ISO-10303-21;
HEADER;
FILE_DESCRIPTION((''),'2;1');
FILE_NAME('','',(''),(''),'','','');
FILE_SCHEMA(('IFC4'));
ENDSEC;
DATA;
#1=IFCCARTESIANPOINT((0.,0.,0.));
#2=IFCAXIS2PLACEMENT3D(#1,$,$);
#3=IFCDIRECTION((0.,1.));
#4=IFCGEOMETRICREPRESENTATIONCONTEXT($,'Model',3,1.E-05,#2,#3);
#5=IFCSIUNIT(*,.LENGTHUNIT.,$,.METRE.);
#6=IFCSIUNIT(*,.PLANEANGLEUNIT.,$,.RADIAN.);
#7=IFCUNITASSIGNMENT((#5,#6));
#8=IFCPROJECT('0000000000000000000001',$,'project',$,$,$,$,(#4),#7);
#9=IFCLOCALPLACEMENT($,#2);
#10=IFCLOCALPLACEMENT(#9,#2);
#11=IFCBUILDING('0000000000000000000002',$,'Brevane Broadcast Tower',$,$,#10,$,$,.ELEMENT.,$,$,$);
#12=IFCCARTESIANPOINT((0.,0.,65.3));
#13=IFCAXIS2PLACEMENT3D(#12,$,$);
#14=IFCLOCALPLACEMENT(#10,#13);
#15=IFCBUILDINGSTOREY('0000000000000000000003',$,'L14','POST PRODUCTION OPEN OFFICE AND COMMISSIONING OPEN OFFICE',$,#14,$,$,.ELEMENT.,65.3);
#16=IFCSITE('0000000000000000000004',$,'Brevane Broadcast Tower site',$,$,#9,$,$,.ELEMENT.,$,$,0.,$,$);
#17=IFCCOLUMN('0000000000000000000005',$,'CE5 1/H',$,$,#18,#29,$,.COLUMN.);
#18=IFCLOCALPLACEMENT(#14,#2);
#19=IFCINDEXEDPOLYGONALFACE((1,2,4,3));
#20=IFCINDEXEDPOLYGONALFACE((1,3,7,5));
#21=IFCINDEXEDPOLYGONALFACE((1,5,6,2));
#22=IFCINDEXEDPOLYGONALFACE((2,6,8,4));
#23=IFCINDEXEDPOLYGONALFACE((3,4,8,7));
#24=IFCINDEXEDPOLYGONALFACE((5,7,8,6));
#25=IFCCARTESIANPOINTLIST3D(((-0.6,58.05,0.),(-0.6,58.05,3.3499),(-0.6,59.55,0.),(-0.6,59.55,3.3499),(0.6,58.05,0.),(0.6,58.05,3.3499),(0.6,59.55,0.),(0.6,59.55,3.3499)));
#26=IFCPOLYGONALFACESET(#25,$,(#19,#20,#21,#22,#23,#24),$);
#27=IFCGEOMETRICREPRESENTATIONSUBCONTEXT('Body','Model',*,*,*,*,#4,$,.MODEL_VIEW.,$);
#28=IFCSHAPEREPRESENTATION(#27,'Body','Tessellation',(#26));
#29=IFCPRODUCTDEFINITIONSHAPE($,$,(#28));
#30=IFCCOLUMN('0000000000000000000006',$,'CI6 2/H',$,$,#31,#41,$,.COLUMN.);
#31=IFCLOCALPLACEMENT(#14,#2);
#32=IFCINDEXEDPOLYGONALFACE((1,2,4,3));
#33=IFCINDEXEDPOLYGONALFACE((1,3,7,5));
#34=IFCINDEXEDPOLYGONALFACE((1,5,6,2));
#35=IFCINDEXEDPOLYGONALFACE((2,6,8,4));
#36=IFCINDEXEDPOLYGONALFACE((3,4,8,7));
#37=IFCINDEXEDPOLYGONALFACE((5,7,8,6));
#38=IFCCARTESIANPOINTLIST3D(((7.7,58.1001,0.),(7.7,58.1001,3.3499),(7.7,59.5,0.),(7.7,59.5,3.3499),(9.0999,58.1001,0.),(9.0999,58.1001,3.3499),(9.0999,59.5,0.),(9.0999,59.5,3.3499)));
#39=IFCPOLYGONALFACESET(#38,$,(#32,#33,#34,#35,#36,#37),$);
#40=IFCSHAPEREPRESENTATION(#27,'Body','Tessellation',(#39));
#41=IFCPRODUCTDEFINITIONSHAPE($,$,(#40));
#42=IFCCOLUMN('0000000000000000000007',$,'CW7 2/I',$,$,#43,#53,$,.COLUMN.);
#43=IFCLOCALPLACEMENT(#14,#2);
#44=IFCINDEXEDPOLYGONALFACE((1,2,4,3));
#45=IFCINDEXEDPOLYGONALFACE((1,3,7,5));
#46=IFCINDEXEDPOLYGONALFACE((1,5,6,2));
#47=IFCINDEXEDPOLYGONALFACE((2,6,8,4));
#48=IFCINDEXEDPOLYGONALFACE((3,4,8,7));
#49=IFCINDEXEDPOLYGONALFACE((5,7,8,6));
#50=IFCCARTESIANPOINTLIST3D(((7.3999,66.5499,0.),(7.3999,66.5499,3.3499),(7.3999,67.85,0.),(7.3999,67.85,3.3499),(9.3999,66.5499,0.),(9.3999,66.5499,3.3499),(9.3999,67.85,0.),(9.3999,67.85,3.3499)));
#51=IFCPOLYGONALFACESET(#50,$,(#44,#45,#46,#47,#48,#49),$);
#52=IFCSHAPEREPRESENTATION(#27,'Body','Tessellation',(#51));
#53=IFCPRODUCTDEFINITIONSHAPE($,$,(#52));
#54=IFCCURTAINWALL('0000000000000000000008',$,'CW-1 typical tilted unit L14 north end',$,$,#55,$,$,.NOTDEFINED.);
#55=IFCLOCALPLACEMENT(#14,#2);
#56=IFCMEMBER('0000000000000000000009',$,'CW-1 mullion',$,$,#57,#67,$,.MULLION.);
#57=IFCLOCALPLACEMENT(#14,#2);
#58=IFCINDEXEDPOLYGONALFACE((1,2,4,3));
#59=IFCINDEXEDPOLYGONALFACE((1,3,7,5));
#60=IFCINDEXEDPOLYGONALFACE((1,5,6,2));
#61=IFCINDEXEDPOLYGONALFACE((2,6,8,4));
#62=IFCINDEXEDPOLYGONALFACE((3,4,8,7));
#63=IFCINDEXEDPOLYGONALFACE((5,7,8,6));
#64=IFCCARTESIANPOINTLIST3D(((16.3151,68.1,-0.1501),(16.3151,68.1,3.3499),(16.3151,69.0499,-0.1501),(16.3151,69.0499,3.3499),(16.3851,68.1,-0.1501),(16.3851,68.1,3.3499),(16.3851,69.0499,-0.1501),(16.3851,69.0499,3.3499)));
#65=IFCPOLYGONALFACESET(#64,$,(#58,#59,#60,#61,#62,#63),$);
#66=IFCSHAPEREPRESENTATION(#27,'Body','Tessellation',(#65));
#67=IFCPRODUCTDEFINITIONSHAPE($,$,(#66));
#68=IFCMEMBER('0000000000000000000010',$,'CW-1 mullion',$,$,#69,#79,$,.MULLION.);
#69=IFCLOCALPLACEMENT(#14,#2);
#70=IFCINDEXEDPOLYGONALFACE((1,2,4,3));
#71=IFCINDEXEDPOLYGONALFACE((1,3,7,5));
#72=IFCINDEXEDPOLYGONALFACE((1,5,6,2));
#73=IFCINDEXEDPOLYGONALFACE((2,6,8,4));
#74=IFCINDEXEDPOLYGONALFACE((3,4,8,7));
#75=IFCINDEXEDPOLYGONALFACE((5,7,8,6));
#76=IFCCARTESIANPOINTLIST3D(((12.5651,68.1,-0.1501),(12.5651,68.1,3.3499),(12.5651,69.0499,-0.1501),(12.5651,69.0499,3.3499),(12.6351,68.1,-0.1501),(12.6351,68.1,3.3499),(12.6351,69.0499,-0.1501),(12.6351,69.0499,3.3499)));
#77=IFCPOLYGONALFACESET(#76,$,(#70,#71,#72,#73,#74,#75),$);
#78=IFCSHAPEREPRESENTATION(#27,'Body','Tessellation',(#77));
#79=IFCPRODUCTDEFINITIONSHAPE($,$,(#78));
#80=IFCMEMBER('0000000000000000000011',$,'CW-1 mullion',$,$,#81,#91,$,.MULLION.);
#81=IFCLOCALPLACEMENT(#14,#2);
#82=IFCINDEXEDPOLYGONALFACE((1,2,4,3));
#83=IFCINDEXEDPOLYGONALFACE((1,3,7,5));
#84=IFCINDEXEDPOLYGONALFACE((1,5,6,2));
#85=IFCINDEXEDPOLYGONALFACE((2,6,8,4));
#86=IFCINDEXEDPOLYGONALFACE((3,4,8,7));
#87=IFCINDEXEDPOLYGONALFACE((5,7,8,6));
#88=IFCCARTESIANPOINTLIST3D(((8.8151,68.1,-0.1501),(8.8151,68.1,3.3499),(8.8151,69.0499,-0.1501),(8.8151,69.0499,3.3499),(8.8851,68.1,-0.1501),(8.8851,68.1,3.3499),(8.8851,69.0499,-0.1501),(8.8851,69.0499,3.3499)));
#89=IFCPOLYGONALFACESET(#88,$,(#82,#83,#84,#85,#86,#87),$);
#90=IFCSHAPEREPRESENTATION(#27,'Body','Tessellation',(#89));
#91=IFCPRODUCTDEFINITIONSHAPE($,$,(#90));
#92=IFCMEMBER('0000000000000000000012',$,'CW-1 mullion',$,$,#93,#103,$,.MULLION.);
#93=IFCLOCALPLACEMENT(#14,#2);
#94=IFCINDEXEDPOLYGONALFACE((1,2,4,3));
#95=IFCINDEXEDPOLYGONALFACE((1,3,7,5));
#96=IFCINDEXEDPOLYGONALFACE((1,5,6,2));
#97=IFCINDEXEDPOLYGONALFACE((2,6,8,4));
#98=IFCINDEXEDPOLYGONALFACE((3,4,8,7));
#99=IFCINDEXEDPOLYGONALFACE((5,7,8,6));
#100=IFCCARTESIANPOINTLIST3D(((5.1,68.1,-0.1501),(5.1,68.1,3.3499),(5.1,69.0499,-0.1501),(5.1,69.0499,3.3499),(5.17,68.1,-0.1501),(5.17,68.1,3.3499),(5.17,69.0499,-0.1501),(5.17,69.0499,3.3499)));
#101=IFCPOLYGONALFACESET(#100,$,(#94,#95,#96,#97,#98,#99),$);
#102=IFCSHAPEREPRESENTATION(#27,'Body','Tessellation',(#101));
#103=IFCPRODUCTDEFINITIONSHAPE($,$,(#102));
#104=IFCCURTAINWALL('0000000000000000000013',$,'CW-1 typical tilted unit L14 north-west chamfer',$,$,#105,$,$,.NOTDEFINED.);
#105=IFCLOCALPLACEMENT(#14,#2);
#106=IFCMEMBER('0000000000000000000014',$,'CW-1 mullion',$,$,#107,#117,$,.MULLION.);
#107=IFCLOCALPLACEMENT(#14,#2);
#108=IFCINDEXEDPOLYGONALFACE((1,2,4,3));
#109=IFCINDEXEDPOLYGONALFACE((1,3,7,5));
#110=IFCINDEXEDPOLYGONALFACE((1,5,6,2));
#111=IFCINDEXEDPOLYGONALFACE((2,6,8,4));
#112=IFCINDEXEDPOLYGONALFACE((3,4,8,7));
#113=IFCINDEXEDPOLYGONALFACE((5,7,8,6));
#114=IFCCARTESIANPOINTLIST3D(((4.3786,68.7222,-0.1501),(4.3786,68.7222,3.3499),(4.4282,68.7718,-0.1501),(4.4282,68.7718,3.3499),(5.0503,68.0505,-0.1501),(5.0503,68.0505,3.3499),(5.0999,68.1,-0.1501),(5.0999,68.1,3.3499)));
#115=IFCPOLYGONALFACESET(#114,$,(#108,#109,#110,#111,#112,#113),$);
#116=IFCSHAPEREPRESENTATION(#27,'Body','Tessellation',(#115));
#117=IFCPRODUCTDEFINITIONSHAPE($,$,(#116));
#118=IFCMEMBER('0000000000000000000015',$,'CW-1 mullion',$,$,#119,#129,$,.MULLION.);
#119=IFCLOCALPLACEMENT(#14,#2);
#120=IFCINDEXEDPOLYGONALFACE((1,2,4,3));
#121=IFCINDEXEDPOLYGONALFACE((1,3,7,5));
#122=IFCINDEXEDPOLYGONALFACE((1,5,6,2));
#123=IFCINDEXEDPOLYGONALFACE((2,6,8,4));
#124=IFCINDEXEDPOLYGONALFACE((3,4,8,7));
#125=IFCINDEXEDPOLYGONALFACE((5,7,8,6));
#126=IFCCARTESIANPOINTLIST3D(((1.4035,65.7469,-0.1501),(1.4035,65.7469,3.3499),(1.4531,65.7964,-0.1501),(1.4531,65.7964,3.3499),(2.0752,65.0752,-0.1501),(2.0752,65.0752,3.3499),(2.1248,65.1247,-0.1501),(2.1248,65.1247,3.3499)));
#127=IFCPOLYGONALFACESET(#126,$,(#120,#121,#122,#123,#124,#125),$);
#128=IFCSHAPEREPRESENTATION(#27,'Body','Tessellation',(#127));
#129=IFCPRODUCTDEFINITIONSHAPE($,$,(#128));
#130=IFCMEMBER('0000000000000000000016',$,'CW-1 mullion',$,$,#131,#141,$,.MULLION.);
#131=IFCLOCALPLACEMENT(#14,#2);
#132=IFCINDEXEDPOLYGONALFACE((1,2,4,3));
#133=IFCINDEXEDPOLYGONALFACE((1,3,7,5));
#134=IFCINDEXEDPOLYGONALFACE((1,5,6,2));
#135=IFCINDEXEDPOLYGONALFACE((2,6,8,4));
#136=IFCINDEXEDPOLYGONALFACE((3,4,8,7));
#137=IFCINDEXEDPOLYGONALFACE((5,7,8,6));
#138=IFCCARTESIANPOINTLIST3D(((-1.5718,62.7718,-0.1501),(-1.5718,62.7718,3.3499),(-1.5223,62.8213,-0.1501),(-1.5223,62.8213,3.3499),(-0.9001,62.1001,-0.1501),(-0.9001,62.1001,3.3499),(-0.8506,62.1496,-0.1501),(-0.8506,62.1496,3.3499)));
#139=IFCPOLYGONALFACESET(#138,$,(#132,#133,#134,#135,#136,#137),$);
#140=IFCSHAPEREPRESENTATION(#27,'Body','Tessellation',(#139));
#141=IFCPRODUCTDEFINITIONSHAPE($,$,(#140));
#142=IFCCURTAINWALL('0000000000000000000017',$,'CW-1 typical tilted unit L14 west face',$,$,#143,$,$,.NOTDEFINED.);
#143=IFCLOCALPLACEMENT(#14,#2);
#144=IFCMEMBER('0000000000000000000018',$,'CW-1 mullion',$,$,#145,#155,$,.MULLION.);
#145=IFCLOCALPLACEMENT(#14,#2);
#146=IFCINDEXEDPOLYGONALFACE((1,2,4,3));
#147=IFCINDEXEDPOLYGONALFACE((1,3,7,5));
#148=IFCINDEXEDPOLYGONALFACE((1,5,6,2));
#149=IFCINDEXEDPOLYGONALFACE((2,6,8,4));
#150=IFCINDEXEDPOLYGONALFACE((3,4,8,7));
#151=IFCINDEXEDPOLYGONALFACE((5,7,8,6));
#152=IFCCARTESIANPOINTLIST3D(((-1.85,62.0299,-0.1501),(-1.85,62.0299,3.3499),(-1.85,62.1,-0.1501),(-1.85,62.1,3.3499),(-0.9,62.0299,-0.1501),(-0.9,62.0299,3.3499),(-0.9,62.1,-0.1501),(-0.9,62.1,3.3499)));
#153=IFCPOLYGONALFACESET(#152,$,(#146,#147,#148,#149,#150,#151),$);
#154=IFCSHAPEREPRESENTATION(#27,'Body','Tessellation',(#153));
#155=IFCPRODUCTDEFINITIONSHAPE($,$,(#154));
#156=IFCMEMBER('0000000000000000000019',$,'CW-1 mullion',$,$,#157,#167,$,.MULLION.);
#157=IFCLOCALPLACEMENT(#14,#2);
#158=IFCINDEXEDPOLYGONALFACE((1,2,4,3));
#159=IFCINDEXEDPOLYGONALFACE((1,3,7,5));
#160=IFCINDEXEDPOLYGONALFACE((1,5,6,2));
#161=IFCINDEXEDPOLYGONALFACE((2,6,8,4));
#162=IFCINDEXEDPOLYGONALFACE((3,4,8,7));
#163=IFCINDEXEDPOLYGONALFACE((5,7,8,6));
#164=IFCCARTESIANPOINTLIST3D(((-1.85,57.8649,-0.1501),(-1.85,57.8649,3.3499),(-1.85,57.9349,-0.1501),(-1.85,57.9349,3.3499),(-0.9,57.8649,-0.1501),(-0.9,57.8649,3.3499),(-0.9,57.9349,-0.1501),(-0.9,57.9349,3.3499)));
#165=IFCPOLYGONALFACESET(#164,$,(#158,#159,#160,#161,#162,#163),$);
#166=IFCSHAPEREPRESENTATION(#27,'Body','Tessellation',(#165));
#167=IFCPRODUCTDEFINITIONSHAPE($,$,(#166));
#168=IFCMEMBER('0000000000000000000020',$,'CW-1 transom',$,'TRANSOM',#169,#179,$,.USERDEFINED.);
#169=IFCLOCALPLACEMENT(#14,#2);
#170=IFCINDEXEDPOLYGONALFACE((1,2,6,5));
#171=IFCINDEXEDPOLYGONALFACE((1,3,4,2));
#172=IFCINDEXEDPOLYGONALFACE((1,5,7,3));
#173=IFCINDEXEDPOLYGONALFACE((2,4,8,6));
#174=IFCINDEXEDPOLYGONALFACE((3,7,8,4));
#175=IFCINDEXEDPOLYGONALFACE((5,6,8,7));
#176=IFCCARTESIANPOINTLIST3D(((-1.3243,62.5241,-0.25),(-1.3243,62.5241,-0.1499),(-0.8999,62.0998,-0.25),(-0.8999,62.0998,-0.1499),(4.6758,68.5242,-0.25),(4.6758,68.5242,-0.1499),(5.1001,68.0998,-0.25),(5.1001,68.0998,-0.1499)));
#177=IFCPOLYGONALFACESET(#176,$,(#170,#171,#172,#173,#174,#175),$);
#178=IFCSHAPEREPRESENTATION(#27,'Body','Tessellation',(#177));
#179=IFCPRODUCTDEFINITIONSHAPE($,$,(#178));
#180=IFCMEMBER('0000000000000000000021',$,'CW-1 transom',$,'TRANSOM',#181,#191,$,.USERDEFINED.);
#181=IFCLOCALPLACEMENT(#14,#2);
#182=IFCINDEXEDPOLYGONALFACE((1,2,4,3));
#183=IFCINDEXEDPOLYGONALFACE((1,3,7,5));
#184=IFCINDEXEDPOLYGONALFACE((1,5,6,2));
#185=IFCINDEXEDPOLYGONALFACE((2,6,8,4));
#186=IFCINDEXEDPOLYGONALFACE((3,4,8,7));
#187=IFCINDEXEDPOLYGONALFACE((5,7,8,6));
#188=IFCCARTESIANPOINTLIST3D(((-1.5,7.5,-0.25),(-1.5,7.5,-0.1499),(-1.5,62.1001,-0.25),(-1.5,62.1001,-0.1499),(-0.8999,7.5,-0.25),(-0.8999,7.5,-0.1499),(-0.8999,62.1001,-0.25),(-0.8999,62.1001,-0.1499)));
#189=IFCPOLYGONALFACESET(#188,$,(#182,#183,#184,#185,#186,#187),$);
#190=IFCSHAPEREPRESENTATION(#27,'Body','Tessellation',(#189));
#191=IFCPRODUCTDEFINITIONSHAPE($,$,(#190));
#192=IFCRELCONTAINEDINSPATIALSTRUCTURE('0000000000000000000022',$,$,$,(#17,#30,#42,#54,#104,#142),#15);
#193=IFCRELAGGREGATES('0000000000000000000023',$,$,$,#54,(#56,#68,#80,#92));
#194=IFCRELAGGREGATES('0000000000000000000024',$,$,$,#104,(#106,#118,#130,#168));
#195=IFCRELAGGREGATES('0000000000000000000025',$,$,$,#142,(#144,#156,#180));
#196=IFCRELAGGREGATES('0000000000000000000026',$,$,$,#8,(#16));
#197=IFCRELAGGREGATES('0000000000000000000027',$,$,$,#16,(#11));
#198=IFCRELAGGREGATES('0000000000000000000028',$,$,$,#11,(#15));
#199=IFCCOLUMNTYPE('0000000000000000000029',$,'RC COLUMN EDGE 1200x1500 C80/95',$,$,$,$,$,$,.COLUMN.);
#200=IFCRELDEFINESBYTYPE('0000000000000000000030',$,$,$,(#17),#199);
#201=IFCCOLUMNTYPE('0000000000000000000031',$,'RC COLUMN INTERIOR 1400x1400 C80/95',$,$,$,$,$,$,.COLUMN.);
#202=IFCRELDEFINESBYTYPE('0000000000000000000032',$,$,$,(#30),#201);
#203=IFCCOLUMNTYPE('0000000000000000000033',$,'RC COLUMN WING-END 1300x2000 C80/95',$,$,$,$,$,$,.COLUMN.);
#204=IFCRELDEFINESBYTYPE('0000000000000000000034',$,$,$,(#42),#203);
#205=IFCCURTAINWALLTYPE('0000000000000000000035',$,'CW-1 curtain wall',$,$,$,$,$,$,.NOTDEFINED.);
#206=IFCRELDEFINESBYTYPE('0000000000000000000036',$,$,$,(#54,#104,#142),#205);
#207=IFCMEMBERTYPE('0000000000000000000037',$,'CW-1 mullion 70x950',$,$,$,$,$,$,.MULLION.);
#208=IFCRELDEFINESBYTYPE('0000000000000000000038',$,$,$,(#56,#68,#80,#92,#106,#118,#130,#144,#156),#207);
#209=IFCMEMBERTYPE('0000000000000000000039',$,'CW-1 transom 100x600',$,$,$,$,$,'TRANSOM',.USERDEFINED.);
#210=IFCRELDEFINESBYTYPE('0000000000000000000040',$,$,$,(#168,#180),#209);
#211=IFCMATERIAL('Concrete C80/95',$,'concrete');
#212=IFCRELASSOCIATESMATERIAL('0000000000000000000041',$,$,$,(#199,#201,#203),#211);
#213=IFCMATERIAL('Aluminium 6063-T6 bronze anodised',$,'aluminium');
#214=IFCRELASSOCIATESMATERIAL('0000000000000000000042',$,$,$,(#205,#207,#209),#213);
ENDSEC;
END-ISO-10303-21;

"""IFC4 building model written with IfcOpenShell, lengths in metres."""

from ifc_helpers import new_model, si_unit, direction, frame, origin, origin_2d, place, context, subcontext, project, spatial, rectangle, extrude, material, material_profile, profile_set, type_object, element, aggregate, save


model = new_model("IFC4")

# Units and contexts
model_context = context("Model", 3, precision=1e-05, world=origin(), true_north=direction((0.0, 1.0)))
body_context = subcontext(model_context, "Body", "Model", "MODEL_VIEW")
ifc_project = project(units=[si_unit("LENGTHUNIT", "METRE"), si_unit("PLANEANGLEUNIT", "RADIAN")], contexts=[model_context])

# Site, building, storey
site_placement = place(None, origin())
site = spatial("IfcSite", under=ifc_project, at=site_placement, Name="Brevane Broadcast Tower site", CompositionType="ELEMENT", RefElevation=0.0)
building_placement = place(site_placement, origin())
building = spatial("IfcBuilding", under=site, at=building_placement, Name="Brevane Broadcast Tower", CompositionType="ELEMENT")
storey_placement = place(building_placement, frame((0.0, 0.0, 65.3)))
storey = spatial("IfcBuildingStorey", under=building, at=storey_placement, Name="L14", Description="POST PRODUCTION OPEN OFFICE AND COMMISSIONING OPEN OFFICE", CompositionType="ELEMENT", Elevation=65.3)

# Columns
ifc_material_1 = material(Name="Concrete C80/95", Category="concrete")
ifc_material_profile_1 = material_profile(ifc_material_1, rectangle(XDim=1.2, YDim=1.5, at=origin_2d()), Name="RC 1200x1500")
ifc_profile_set_1 = profile_set([ifc_material_profile_1], Name="Concrete C80/95")
column_type_1 = type_object("IfcColumnType", Name="RC COLUMN EDGE 1200x1500 C80/95", PredefinedType="COLUMN", material=ifc_profile_set_1)
column_1_placement = place(storey_placement, frame((0.0, 58.8, 0.0), z_axis=(0.0, 0.0, 1.0), x_axis=(1.0, 0.0, 0.0)))
element("IfcColumn", 1, at=column_1_placement, inside=storey, type_object=column_type_1, Name="CE5 1/H", PredefinedType="COLUMN", context=body_context, shape_type="SweptSolid", body=[
    extrude(rectangle(XDim=1.2, YDim=1.5, at=origin_2d()), origin(), (0.0, 0.0, 1.0), 3.3499),
])
ifc_material_profile_2 = material_profile(ifc_material_1, rectangle(XDim=1.3999, YDim=1.3999, at=origin_2d()), Name="RC 1400x1400")
ifc_profile_set_2 = profile_set([ifc_material_profile_2], Name="Concrete C80/95")
column_type_2 = type_object("IfcColumnType", Name="RC COLUMN INTERIOR 1400x1400 C80/95", PredefinedType="COLUMN", material=ifc_profile_set_2)
column_2_placement = place(storey_placement, frame((8.3999, 58.8, 0.0), z_axis=(0.0, 0.0, 1.0), x_axis=(1.0, 0.0, 0.0)))
element("IfcColumn", 2, at=column_2_placement, inside=storey, type_object=column_type_2, Name="CI6 2/H", PredefinedType="COLUMN", context=body_context, shape_type="SweptSolid", body=[
    extrude(rectangle(XDim=1.3999, YDim=1.3999, at=origin_2d()), origin(), (0.0, 0.0, 1.0), 3.3499),
])
ifc_material_profile_3 = material_profile(ifc_material_1, rectangle(XDim=1.3, YDim=2.0, at=origin_2d()), Name="RC 1300x2000")
ifc_profile_set_3 = profile_set([ifc_material_profile_3], Name="Concrete C80/95")
column_type_3 = type_object("IfcColumnType", Name="RC COLUMN WING-END 1300x2000 C80/95", PredefinedType="COLUMN", material=ifc_profile_set_3)
column_3_placement = place(storey_placement, frame((8.3999, 67.2, 0.0), z_axis=(0.0, 0.0, 1.0), x_axis=(0.0, 1.0, 0.0)))
element("IfcColumn", 3, at=column_3_placement, inside=storey, type_object=column_type_3, Name="CW7 2/I", PredefinedType="COLUMN", context=body_context, shape_type="SweptSolid", body=[
    extrude(rectangle(XDim=1.3, YDim=2.0, at=origin_2d()), origin(), (0.0, 0.0, 1.0), 3.3499),
])

# Curtain walls, members
ifc_material_2 = material(Name="Aluminium 6063-T6 bronze anodised", Category="aluminium")
curtain_wall_type = type_object("IfcCurtainWallType", Name="CW-1 curtain wall", PredefinedType="NOTDEFINED", material=ifc_material_2)
curtain_wall_1_placement = place(storey_placement, origin())
curtain_wall_1 = element("IfcCurtainWall", 4, at=curtain_wall_1_placement, inside=storey, type_object=curtain_wall_type, Name="CW-1 typical tilted unit L14 north end", PredefinedType="NOTDEFINED")
ifc_material_profile_4 = material_profile(ifc_material_2, rectangle(XDim=0.95, YDim=0.0701, at=origin_2d()), Name="RECT 70x950")
ifc_profile_set_4 = profile_set([ifc_material_profile_4], Name="Aluminium 6063-T6 bronze anodised")
member_type_1 = type_object("IfcMemberType", Name="CW-1 mullion 70x950", PredefinedType="MULLION", material=ifc_profile_set_4)
member_1_placement = place(storey_placement, frame((16.3501, 68.575, -0.1501), z_axis=(0.0, 0.0, 1.0), x_axis=(0.0, -1.0, 0.0)))
member_1 = element("IfcMember", 5, at=member_1_placement, type_object=member_type_1, Name="CW-1 mullion", PredefinedType="MULLION", context=body_context, shape_type="SweptSolid", body=[
    extrude(rectangle(XDim=0.95, YDim=0.0701, at=origin_2d()), origin(), (0.0, 0.0, 1.0), 3.5),
])
member_2_placement = place(storey_placement, frame((12.6001, 68.575, -0.1501), z_axis=(0.0, 0.0, 1.0), x_axis=(0.0, -1.0, 0.0)))
member_2 = element("IfcMember", 6, at=member_2_placement, type_object=member_type_1, Name="CW-1 mullion", PredefinedType="MULLION", context=body_context, shape_type="SweptSolid", body=[
    extrude(rectangle(XDim=0.95, YDim=0.0701, at=origin_2d()), origin(), (0.0, 0.0, 1.0), 3.5),
])
member_3_placement = place(storey_placement, frame((8.8501, 68.575, -0.1501), z_axis=(0.0, 0.0, 1.0), x_axis=(0.0, -1.0, 0.0)))
member_3 = element("IfcMember", 7, at=member_3_placement, type_object=member_type_1, Name="CW-1 mullion", PredefinedType="MULLION", context=body_context, shape_type="SweptSolid", body=[
    extrude(rectangle(XDim=0.95, YDim=0.0701, at=origin_2d()), origin(), (0.0, 0.0, 1.0), 3.5),
])
member_4_placement = place(storey_placement, frame((5.135, 68.575, -0.1501), z_axis=(0.0, 0.0, 1.0), x_axis=(0.0, -1.0, 0.0)))
member_4 = element("IfcMember", 8, at=member_4_placement, type_object=member_type_1, Name="CW-1 mullion", PredefinedType="MULLION", context=body_context, shape_type="SweptSolid", body=[
    extrude(rectangle(XDim=0.95, YDim=0.0701, at=origin_2d()), origin(), (0.0, 0.0, 1.0), 3.5),
])
aggregate(curtain_wall_1, [member_1, member_2, member_3, member_4])
curtain_wall_2_placement = place(storey_placement, origin())
curtain_wall_2 = element("IfcCurtainWall", 9, at=curtain_wall_2_placement, inside=storey, type_object=curtain_wall_type, Name="CW-1 typical tilted unit L14 north-west chamfer", PredefinedType="NOTDEFINED")
member_5_placement = place(storey_placement, frame((4.7393, 68.4111, -0.1501), z_axis=(0.0, 0.0, 1.0), x_axis=(0.707107, -0.707107, 0.0)))
member_5 = element("IfcMember", 10, at=member_5_placement, type_object=member_type_1, Name="CW-1 mullion", PredefinedType="MULLION", context=body_context, shape_type="SweptSolid", body=[
    extrude(rectangle(XDim=0.95, YDim=0.0701, at=origin_2d()), origin(), (0.0, 0.0, 1.0), 3.5),
])
member_6_placement = place(storey_placement, frame((1.7642, 65.4358, -0.1501), z_axis=(0.0, 0.0, 1.0), x_axis=(0.707107, -0.707107, 0.0)))
member_6 = element("IfcMember", 11, at=member_6_placement, type_object=member_type_1, Name="CW-1 mullion", PredefinedType="MULLION", context=body_context, shape_type="SweptSolid", body=[
    extrude(rectangle(XDim=0.95, YDim=0.0701, at=origin_2d()), origin(), (0.0, 0.0, 1.0), 3.5),
])
member_7_placement = place(storey_placement, frame((-1.2112, 62.4607, -0.1501), z_axis=(0.0, 0.0, 1.0), x_axis=(0.707107, -0.707107, 0.0)))
member_7 = element("IfcMember", 12, at=member_7_placement, type_object=member_type_1, Name="CW-1 mullion", PredefinedType="MULLION", context=body_context, shape_type="SweptSolid", body=[
    extrude(rectangle(XDim=0.95, YDim=0.0701, at=origin_2d()), origin(), (0.0, 0.0, 1.0), 3.5),
])
curtain_wall_3_placement = place(storey_placement, origin())
curtain_wall_3 = element("IfcCurtainWall", 13, at=curtain_wall_3_placement, inside=storey, type_object=curtain_wall_type, Name="CW-1 typical tilted unit L14 west face", PredefinedType="NOTDEFINED")
member_8_placement = place(storey_placement, frame((-1.375, 62.0649, -0.1501), z_axis=(0.0, 0.0, 1.0), x_axis=(1.0, 0.0, 0.0)))
member_8 = element("IfcMember", 14, at=member_8_placement, type_object=member_type_1, Name="CW-1 mullion", PredefinedType="MULLION", context=body_context, shape_type="SweptSolid", body=[
    extrude(rectangle(XDim=0.95, YDim=0.0701, at=origin_2d()), origin(), (0.0, 0.0, 1.0), 3.5),
])
member_9_placement = place(storey_placement, frame((-1.375, 57.8999, -0.1501), z_axis=(0.0, 0.0, 1.0), x_axis=(1.0, 0.0, 0.0)))
member_9 = element("IfcMember", 15, at=member_9_placement, type_object=member_type_1, Name="CW-1 mullion", PredefinedType="MULLION", context=body_context, shape_type="SweptSolid", body=[
    extrude(rectangle(XDim=0.95, YDim=0.0701, at=origin_2d()), origin(), (0.0, 0.0, 1.0), 3.5),
])

# Members
ifc_material_profile_5 = material_profile(ifc_material_2, rectangle(XDim=0.6001, YDim=0.1001, at=origin_2d()), Name="RECT 100x600")
ifc_profile_set_5 = profile_set([ifc_material_profile_5], Name="Aluminium 6063-T6 bronze anodised")
member_type_2 = type_object("IfcMemberType", Name="CW-1 transom 100x600", ElementType="TRANSOM", PredefinedType="USERDEFINED", material=ifc_profile_set_5)
member_10_placement = place(storey_placement, frame((4.8879, 68.312, -0.2), z_axis=(-0.707107, -0.707107, 0.0), x_axis=(0.707107, -0.707107, 0.0)))
member_10 = element("IfcMember", 16, at=member_10_placement, type_object=member_type_2, Name="CW-1 transom", ObjectType="TRANSOM", PredefinedType="USERDEFINED", context=body_context, shape_type="SweptSolid", body=[
    extrude(rectangle(XDim=0.6001, YDim=0.1001, at=origin_2d()), origin(), (0.0, 0.0, 1.0), 8.4854),
])
aggregate(curtain_wall_2, [member_5, member_6, member_7, member_10])
member_11_placement = place(storey_placement, frame((-1.2, 62.1001, -0.2), z_axis=(0.0, -1.0, 0.0), x_axis=(1.0, 0.0, 0.0)))
member_11 = element("IfcMember", 17, at=member_11_placement, type_object=member_type_2, Name="CW-1 transom", ObjectType="TRANSOM", PredefinedType="USERDEFINED", context=body_context, shape_type="SweptSolid", body=[
    extrude(rectangle(XDim=0.6001, YDim=0.1001, at=origin_2d()), origin(), (0.0, 0.0, 1.0), 54.6001),
])
aggregate(curtain_wall_3, [member_8, member_9, member_11])

save(model, "model.ifc")
